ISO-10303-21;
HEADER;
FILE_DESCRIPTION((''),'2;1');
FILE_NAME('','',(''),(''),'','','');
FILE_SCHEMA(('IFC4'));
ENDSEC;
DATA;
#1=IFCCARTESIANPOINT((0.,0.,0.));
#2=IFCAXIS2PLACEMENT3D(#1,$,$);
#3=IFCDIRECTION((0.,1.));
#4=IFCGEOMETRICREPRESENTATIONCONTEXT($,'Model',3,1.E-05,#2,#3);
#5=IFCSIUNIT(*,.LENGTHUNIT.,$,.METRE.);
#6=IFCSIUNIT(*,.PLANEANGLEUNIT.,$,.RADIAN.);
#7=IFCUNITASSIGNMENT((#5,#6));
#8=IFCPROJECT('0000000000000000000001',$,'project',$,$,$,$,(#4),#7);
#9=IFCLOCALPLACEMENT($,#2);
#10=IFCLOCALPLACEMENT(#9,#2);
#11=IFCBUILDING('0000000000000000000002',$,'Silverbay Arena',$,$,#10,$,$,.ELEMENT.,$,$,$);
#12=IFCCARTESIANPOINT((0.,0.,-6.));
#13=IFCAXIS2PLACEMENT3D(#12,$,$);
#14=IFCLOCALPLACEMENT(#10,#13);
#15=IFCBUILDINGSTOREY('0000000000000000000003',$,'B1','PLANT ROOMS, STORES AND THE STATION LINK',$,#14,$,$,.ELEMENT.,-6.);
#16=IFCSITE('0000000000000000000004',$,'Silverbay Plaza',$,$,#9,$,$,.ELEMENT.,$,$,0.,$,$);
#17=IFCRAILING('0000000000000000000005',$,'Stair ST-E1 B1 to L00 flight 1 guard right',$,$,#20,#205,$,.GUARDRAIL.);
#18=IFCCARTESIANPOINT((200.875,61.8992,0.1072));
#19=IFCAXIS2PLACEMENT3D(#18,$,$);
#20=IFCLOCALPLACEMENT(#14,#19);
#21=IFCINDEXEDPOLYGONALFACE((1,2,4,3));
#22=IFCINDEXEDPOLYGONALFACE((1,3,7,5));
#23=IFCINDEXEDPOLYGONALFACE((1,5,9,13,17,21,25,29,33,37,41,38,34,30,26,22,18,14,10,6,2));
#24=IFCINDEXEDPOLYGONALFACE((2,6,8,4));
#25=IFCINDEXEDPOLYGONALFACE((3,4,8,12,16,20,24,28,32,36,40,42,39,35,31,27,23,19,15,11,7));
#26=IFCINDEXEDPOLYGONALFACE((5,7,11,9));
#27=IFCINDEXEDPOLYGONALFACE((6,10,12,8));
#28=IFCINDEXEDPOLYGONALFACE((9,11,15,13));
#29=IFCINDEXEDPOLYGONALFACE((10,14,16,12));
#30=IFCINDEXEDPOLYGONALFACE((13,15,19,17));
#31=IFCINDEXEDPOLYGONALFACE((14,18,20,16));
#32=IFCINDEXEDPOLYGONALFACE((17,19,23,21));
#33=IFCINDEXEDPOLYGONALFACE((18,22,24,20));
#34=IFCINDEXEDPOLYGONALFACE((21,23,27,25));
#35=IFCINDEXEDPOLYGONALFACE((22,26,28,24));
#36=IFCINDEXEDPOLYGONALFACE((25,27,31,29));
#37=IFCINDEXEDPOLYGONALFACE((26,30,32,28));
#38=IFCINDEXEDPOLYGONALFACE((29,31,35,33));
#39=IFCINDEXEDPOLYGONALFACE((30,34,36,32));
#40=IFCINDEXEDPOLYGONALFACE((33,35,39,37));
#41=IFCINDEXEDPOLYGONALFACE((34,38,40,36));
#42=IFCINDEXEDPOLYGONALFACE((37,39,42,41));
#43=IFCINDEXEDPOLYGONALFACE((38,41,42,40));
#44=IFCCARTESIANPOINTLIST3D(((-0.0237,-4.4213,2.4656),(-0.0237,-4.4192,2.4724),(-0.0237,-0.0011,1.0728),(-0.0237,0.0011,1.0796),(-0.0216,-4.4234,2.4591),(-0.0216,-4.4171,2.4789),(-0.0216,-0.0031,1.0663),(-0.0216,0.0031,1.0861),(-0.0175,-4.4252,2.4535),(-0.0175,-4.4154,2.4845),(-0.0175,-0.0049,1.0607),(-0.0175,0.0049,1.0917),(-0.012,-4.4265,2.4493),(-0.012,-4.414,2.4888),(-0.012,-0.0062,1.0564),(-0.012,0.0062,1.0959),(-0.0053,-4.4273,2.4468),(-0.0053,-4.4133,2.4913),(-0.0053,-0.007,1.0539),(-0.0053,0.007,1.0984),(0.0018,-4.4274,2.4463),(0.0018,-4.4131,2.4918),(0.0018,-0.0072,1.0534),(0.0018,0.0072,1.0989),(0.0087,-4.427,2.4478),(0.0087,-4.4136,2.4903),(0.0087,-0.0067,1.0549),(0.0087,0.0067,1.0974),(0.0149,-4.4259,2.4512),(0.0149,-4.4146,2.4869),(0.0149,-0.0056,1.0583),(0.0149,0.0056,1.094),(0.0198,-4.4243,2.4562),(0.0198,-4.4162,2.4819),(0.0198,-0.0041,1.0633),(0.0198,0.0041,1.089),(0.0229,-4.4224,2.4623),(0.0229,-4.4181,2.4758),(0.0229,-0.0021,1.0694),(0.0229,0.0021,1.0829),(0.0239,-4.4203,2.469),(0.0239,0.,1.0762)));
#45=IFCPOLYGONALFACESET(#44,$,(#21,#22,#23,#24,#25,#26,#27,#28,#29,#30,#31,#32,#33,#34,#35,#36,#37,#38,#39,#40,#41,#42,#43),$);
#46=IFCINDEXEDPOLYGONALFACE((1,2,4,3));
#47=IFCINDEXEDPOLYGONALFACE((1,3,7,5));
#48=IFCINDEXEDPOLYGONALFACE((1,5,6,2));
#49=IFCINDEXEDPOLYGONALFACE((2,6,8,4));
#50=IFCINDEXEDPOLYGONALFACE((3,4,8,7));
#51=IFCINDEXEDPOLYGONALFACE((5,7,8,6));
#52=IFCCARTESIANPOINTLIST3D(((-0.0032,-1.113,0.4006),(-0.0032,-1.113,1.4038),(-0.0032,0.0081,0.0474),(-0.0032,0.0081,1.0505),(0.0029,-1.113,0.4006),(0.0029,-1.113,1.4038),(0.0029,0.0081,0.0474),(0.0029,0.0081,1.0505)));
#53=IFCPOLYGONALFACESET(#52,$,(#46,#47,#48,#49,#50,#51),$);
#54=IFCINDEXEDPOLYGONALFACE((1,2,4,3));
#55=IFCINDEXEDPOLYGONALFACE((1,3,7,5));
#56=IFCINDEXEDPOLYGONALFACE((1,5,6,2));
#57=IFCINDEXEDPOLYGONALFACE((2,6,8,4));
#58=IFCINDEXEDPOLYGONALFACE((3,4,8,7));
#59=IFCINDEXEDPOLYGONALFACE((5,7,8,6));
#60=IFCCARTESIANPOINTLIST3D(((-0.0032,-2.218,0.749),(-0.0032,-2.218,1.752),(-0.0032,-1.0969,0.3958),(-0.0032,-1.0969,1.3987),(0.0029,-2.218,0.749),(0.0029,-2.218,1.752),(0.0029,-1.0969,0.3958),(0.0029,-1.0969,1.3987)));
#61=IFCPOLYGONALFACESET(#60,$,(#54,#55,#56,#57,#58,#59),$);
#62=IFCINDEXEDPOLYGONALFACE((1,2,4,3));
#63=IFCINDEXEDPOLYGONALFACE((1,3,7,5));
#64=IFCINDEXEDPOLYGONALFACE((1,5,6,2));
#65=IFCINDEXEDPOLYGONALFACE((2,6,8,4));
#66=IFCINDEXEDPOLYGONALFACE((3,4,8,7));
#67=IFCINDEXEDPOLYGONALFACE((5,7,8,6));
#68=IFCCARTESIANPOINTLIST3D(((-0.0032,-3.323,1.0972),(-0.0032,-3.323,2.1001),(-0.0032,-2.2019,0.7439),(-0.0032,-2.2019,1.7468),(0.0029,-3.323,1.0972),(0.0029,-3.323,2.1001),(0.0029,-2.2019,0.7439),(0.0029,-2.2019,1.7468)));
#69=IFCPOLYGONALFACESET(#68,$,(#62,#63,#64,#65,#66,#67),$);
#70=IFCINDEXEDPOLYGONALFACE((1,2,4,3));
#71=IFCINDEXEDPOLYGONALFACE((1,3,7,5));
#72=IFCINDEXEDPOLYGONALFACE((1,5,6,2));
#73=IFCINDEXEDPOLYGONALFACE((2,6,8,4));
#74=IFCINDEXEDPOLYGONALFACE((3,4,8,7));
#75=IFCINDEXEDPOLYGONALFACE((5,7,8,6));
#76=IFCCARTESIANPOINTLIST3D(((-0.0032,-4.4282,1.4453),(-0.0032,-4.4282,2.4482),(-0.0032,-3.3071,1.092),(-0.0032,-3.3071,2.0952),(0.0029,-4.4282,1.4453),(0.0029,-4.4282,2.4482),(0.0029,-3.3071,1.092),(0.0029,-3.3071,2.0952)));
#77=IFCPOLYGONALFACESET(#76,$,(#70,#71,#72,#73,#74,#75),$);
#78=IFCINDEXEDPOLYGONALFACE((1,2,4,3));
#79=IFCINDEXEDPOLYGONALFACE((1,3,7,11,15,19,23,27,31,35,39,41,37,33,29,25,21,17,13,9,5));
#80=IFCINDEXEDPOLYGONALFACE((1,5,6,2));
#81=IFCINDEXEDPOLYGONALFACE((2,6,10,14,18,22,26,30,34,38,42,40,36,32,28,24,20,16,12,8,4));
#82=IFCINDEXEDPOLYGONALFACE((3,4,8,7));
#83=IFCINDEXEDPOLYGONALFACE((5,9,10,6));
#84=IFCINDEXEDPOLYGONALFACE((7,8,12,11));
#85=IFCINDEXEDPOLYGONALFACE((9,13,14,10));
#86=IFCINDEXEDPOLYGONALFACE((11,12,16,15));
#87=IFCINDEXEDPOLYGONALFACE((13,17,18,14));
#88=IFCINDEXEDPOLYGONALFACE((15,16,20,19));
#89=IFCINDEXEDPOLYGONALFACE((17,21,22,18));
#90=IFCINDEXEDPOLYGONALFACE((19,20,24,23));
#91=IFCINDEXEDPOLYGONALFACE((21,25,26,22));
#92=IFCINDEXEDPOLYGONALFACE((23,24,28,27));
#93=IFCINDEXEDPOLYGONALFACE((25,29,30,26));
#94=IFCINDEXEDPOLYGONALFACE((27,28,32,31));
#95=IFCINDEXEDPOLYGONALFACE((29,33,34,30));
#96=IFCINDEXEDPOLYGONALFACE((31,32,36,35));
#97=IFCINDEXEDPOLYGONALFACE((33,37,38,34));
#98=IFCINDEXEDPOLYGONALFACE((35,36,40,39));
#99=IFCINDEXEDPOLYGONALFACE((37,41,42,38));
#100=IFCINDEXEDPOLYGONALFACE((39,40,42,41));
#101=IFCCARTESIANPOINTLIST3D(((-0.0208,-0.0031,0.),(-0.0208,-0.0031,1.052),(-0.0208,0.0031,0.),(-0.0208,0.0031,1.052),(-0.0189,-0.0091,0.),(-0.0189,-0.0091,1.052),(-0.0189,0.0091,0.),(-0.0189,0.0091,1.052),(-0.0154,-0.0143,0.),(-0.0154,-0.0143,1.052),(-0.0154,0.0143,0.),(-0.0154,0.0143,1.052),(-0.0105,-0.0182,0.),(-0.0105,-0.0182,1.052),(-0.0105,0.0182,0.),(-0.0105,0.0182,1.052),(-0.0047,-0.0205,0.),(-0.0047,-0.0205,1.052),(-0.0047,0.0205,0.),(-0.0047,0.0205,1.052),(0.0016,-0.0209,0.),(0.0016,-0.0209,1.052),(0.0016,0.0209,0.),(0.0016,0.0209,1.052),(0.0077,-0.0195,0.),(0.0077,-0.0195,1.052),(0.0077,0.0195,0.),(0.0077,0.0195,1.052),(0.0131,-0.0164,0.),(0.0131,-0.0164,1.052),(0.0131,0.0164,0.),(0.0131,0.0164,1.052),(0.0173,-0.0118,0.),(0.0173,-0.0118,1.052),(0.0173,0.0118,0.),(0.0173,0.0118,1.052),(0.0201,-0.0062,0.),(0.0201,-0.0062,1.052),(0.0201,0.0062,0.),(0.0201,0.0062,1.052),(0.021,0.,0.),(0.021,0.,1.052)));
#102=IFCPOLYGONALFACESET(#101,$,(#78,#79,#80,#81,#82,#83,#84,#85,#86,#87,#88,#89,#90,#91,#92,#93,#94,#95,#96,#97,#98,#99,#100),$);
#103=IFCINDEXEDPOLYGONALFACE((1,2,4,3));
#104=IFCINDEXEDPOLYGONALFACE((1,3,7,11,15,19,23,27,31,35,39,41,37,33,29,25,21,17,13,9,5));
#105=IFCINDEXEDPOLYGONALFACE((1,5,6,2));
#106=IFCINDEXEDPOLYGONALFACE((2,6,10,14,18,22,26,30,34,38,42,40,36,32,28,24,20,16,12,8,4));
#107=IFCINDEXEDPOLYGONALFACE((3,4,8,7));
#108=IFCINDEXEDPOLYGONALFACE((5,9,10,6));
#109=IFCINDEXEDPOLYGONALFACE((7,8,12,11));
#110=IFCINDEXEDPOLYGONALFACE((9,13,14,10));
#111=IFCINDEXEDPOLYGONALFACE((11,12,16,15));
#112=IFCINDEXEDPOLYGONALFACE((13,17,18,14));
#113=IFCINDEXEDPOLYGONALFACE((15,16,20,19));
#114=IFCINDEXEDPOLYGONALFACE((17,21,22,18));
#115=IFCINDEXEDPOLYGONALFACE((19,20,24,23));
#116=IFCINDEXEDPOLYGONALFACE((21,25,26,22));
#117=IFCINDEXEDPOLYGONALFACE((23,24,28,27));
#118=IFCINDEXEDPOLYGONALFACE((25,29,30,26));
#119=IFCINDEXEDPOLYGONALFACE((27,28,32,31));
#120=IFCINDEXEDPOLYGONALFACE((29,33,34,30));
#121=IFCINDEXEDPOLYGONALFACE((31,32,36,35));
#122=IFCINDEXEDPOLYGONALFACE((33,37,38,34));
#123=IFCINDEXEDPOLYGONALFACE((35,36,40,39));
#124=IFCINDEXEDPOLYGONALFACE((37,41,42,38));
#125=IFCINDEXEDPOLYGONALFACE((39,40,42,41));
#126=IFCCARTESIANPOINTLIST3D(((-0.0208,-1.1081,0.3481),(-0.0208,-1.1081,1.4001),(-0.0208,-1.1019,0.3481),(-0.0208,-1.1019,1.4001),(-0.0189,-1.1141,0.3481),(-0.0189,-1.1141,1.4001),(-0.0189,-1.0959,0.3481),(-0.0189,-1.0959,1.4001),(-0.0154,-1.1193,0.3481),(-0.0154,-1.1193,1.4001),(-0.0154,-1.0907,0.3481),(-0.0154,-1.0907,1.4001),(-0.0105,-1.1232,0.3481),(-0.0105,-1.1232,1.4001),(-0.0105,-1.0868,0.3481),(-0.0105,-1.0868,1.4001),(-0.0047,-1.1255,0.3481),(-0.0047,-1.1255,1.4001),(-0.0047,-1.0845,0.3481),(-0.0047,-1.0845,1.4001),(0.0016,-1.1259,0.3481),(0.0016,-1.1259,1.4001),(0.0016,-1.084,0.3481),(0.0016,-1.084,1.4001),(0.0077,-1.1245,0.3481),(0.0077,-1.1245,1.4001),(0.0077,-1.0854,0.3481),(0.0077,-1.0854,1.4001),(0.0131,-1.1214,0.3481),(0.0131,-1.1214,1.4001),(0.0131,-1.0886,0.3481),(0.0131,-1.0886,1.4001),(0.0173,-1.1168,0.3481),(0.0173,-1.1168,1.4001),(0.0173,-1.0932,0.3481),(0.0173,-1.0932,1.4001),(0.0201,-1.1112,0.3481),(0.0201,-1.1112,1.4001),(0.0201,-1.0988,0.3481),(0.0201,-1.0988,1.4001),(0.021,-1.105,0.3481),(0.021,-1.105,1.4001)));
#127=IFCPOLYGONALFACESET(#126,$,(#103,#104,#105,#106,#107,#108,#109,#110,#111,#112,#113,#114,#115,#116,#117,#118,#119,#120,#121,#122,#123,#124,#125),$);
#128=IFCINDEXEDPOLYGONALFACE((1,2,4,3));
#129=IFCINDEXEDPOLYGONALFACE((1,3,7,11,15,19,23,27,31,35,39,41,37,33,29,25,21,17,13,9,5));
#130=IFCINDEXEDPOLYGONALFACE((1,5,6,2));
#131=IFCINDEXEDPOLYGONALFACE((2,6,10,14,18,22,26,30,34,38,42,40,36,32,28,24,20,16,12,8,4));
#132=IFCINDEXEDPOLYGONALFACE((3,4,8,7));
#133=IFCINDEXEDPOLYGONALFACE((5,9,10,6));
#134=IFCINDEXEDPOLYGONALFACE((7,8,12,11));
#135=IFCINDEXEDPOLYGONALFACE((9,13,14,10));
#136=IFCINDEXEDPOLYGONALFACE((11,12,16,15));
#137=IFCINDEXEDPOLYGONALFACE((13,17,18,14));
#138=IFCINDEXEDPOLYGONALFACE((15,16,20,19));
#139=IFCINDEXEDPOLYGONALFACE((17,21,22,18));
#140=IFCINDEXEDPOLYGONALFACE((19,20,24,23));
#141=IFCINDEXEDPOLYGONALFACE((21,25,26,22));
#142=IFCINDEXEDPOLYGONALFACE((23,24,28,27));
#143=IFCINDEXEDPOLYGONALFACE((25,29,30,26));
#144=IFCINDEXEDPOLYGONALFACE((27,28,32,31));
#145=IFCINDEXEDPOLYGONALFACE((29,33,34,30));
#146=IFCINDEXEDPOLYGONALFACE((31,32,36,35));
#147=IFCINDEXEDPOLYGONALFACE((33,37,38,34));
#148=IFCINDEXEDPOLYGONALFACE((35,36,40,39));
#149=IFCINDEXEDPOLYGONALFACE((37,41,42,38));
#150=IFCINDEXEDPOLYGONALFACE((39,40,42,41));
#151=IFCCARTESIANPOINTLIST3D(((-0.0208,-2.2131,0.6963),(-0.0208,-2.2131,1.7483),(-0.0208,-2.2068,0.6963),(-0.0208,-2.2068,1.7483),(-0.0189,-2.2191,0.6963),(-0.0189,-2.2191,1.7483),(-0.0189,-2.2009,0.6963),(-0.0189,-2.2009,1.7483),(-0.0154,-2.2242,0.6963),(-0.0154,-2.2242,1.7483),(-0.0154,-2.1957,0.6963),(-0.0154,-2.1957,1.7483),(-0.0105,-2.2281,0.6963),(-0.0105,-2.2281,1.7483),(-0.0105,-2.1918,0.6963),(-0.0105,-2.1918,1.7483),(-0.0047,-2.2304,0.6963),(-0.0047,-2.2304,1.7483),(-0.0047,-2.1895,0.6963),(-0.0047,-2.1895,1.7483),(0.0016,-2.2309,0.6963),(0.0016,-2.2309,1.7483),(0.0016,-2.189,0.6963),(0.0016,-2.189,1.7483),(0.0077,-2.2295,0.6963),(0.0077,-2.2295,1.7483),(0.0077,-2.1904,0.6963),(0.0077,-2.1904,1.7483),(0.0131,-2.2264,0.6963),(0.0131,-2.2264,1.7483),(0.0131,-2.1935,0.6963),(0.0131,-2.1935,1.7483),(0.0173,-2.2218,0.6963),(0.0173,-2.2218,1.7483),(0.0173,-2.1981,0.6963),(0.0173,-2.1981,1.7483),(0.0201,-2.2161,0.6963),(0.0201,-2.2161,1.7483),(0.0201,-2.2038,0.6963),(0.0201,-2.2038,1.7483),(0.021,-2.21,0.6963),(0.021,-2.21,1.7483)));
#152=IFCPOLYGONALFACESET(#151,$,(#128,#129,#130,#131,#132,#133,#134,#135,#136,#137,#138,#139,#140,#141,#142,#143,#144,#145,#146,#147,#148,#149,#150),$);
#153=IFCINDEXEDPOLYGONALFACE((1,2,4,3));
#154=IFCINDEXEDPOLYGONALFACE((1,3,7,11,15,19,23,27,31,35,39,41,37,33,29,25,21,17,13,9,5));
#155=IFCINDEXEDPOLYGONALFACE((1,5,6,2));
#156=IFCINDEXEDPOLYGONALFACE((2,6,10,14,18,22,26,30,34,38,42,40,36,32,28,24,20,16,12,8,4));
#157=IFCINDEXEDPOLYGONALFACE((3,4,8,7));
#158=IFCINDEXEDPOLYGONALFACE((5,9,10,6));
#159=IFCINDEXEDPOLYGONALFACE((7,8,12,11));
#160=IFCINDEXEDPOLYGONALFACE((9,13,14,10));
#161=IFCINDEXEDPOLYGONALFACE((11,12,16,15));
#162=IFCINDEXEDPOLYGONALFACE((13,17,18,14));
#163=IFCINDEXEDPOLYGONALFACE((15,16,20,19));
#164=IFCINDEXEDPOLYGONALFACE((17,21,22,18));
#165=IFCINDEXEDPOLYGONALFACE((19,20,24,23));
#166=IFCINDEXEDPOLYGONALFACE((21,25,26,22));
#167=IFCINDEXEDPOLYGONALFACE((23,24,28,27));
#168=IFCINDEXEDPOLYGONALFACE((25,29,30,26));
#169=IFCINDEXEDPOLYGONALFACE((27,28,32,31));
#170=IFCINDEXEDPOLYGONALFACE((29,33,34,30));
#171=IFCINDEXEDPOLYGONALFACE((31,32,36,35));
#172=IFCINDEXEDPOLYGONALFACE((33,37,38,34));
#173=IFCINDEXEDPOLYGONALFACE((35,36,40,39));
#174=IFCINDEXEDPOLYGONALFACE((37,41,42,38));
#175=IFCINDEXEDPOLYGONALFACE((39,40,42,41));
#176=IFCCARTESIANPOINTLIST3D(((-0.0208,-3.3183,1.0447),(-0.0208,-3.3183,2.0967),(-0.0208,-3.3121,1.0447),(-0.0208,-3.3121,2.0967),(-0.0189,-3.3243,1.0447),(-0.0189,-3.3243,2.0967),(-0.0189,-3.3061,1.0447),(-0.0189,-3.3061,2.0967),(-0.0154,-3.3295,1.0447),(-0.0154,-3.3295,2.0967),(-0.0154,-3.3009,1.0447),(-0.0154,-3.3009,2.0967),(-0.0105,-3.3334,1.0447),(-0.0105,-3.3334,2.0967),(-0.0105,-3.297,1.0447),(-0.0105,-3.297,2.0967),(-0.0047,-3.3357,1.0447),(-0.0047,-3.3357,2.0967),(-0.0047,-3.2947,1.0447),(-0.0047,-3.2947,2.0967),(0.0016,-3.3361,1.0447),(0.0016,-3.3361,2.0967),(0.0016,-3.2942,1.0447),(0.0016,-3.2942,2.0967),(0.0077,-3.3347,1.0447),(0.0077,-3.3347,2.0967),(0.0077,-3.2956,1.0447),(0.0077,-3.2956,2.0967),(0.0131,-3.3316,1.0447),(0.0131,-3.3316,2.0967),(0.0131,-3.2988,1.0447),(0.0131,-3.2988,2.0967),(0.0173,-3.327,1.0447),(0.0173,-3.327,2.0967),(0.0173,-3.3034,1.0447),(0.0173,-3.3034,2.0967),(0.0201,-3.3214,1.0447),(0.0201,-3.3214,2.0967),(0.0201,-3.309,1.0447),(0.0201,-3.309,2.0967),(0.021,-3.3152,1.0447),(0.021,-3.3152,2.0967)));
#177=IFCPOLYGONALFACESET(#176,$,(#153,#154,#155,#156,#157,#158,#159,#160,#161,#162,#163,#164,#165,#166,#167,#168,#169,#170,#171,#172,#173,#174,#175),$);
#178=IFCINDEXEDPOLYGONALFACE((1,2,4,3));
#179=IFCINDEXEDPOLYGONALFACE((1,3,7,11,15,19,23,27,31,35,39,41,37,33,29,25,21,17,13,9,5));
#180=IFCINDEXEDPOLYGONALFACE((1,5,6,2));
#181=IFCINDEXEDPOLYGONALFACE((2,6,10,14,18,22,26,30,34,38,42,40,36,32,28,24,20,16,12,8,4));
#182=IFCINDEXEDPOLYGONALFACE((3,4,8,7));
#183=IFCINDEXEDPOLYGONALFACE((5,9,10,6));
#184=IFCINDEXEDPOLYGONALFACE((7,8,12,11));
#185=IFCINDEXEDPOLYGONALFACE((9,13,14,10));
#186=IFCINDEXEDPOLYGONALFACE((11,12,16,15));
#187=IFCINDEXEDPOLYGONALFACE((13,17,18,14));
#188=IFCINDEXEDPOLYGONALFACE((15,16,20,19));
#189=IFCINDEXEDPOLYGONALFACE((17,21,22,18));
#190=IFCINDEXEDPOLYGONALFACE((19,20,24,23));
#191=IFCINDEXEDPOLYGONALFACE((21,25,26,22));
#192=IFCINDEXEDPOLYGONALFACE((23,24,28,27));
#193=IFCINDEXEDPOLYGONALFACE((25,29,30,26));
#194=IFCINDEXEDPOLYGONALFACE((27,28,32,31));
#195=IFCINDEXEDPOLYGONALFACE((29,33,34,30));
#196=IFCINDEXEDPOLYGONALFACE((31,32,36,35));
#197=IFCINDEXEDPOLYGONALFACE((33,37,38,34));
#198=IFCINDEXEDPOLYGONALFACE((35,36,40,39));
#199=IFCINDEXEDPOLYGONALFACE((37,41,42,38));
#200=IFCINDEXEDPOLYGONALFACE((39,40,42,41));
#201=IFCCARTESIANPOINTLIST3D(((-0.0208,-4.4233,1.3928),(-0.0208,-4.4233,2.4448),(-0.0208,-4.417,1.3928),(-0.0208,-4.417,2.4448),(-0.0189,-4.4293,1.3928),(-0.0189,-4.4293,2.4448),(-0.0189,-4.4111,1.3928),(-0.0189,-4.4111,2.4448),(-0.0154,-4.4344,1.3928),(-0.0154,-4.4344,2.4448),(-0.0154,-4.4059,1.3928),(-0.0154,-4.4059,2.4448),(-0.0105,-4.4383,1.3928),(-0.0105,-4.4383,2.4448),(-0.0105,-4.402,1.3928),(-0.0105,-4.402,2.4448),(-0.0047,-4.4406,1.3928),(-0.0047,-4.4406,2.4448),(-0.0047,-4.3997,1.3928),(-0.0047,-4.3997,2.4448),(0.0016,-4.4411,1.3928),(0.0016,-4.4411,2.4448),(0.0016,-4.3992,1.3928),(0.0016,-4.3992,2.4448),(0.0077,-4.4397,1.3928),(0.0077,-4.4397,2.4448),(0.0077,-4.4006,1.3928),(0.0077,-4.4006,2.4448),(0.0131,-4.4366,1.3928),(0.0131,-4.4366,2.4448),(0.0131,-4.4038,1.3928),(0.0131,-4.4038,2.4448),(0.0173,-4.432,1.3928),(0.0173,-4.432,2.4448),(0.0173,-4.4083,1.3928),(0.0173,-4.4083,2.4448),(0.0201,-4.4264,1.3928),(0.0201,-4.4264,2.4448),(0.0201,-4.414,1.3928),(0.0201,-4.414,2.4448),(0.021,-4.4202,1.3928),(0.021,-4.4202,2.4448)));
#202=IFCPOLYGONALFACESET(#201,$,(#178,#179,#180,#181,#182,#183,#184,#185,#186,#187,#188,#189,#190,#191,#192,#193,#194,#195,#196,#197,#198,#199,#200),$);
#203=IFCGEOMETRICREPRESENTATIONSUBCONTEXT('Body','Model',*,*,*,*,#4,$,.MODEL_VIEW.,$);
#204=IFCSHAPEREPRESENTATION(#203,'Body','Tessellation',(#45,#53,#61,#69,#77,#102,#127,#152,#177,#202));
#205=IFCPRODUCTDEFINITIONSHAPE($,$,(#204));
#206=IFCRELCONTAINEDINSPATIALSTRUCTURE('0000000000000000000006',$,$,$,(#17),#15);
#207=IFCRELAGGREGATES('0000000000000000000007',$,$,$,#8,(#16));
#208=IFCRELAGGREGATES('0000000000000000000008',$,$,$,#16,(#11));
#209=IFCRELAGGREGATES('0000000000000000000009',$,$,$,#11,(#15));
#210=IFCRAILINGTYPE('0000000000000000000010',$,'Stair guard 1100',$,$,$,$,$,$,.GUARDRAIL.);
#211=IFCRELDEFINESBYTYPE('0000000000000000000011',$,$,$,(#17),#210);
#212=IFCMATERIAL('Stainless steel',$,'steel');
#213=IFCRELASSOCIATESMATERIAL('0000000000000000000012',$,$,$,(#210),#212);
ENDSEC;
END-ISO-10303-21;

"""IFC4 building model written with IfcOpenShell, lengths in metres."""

from ifc_helpers import new_model, si_unit, direction, frame, origin, origin_2d, place, context, subcontext, project, spatial, polyline, circle, outline, extrude, material, type_object, element, save


model = new_model("IFC4")

# Units and contexts
model_context = context("Model", 3, precision=1e-05, world=origin(), true_north=direction((0.0, 1.0)))
body_context = subcontext(model_context, "Body", "Model", "MODEL_VIEW")
ifc_project = project(units=[si_unit("LENGTHUNIT", "METRE"), si_unit("PLANEANGLEUNIT", "RADIAN")], contexts=[model_context])

# Site, building, storey
site_placement = place(None, origin())
site = spatial("IfcSite", under=ifc_project, at=site_placement, Name="Silverbay Plaza", CompositionType="ELEMENT", RefElevation=0.0)
building_placement = place(site_placement, origin())
building = spatial("IfcBuilding", under=site, at=building_placement, Name="Silverbay Arena", CompositionType="ELEMENT")
storey_placement = place(building_placement, frame((0.0, 0.0, -6.0)))
storey = spatial("IfcBuildingStorey", under=building, at=storey_placement, Name="B1", Description="PLANT ROOMS, STORES AND THE STATION LINK", CompositionType="ELEMENT", Elevation=-6.0)

# Railing
ifc_material_1 = material(Name="Stainless steel", Category="steel")
railing_type_1 = type_object("IfcRailingType", Name="Stair guard 1100", PredefinedType="GUARDRAIL", material=ifc_material_1)
railing_1_placement = place(storey_placement, frame((200.875, 61.8992, 0.1072)))
element("IfcRailing", 1, at=railing_1_placement, inside=storey, type_object=railing_type_1, Name="Stair ST-E1 B1 to L00 flight 1 guard right", PredefinedType="GUARDRAIL", context=body_context, shape_type="SweptSolid", body=[
    extrude(circle(Radius=0.0239, at=origin_2d()), frame((0.0, 0.0, 1.0762), z_axis=(0.0, -0.95377, 0.300539), x_axis=(1.0, 0.0, 0.0)), (0.0, 0.0, 1.0), 4.6345),
    extrude(outline(polyline([(-0.0081, 0.0474), (1.113, 0.4006), (1.113, 1.4038), (-0.0081, 1.0505), (-0.0081, 0.0474)])), frame((0.0029, 0.0, 0.0), z_axis=(-1.0, 0.0, 0.0), x_axis=(0.0, -1.0, 0.0)), (0.0, 0.0, 1.0), 0.0061),
    extrude(outline(polyline([(-0.0081, 0.3958), (1.113, 0.749), (1.113, 1.752), (-0.0081, 1.3987), (-0.0081, 0.3958)])), frame((0.0029, -1.105, 0.0), z_axis=(-1.0, 0.0, 0.0), x_axis=(0.0, -1.0, 0.0)), (0.0, 0.0, 1.0), 0.0061),
    extrude(outline(polyline([(-0.0081, 0.7439), (1.113, 1.0972), (1.113, 2.1001), (-0.0081, 1.7468), (-0.0081, 0.7439)])), frame((0.0029, -2.21, 0.0), z_axis=(-1.0, 0.0, 0.0), x_axis=(0.0, -1.0, 0.0)), (0.0, 0.0, 1.0), 0.0061),
    extrude(outline(polyline([(-0.0081, 1.092), (1.113, 1.4453), (1.113, 2.4482), (-0.0081, 2.0952), (-0.0081, 1.092)])), frame((0.0029, -3.3152, 0.0), z_axis=(-1.0, 0.0, 0.0), x_axis=(0.0, -1.0, 0.0)), (0.0, 0.0, 1.0), 0.0061),
    extrude(circle(Radius=0.021, at=origin_2d()), origin(), (0.0, 0.0, 1.0), 1.052),
    extrude(circle(Radius=0.021, at=origin_2d()), frame((0.0, -1.105, 0.3481)), (0.0, 0.0, 1.0), 1.052),
    extrude(circle(Radius=0.021, at=origin_2d()), frame((0.0, -2.21, 0.6963)), (0.0, 0.0, 1.0), 1.052),
    extrude(circle(Radius=0.021, at=origin_2d()), frame((0.0, -3.3152, 1.0447)), (0.0, 0.0, 1.0), 1.052),
    extrude(circle(Radius=0.021, at=origin_2d()), frame((0.0, -4.4202, 1.3928)), (0.0, 0.0, 1.0), 1.052),
])

save(model, "model.ifc")
